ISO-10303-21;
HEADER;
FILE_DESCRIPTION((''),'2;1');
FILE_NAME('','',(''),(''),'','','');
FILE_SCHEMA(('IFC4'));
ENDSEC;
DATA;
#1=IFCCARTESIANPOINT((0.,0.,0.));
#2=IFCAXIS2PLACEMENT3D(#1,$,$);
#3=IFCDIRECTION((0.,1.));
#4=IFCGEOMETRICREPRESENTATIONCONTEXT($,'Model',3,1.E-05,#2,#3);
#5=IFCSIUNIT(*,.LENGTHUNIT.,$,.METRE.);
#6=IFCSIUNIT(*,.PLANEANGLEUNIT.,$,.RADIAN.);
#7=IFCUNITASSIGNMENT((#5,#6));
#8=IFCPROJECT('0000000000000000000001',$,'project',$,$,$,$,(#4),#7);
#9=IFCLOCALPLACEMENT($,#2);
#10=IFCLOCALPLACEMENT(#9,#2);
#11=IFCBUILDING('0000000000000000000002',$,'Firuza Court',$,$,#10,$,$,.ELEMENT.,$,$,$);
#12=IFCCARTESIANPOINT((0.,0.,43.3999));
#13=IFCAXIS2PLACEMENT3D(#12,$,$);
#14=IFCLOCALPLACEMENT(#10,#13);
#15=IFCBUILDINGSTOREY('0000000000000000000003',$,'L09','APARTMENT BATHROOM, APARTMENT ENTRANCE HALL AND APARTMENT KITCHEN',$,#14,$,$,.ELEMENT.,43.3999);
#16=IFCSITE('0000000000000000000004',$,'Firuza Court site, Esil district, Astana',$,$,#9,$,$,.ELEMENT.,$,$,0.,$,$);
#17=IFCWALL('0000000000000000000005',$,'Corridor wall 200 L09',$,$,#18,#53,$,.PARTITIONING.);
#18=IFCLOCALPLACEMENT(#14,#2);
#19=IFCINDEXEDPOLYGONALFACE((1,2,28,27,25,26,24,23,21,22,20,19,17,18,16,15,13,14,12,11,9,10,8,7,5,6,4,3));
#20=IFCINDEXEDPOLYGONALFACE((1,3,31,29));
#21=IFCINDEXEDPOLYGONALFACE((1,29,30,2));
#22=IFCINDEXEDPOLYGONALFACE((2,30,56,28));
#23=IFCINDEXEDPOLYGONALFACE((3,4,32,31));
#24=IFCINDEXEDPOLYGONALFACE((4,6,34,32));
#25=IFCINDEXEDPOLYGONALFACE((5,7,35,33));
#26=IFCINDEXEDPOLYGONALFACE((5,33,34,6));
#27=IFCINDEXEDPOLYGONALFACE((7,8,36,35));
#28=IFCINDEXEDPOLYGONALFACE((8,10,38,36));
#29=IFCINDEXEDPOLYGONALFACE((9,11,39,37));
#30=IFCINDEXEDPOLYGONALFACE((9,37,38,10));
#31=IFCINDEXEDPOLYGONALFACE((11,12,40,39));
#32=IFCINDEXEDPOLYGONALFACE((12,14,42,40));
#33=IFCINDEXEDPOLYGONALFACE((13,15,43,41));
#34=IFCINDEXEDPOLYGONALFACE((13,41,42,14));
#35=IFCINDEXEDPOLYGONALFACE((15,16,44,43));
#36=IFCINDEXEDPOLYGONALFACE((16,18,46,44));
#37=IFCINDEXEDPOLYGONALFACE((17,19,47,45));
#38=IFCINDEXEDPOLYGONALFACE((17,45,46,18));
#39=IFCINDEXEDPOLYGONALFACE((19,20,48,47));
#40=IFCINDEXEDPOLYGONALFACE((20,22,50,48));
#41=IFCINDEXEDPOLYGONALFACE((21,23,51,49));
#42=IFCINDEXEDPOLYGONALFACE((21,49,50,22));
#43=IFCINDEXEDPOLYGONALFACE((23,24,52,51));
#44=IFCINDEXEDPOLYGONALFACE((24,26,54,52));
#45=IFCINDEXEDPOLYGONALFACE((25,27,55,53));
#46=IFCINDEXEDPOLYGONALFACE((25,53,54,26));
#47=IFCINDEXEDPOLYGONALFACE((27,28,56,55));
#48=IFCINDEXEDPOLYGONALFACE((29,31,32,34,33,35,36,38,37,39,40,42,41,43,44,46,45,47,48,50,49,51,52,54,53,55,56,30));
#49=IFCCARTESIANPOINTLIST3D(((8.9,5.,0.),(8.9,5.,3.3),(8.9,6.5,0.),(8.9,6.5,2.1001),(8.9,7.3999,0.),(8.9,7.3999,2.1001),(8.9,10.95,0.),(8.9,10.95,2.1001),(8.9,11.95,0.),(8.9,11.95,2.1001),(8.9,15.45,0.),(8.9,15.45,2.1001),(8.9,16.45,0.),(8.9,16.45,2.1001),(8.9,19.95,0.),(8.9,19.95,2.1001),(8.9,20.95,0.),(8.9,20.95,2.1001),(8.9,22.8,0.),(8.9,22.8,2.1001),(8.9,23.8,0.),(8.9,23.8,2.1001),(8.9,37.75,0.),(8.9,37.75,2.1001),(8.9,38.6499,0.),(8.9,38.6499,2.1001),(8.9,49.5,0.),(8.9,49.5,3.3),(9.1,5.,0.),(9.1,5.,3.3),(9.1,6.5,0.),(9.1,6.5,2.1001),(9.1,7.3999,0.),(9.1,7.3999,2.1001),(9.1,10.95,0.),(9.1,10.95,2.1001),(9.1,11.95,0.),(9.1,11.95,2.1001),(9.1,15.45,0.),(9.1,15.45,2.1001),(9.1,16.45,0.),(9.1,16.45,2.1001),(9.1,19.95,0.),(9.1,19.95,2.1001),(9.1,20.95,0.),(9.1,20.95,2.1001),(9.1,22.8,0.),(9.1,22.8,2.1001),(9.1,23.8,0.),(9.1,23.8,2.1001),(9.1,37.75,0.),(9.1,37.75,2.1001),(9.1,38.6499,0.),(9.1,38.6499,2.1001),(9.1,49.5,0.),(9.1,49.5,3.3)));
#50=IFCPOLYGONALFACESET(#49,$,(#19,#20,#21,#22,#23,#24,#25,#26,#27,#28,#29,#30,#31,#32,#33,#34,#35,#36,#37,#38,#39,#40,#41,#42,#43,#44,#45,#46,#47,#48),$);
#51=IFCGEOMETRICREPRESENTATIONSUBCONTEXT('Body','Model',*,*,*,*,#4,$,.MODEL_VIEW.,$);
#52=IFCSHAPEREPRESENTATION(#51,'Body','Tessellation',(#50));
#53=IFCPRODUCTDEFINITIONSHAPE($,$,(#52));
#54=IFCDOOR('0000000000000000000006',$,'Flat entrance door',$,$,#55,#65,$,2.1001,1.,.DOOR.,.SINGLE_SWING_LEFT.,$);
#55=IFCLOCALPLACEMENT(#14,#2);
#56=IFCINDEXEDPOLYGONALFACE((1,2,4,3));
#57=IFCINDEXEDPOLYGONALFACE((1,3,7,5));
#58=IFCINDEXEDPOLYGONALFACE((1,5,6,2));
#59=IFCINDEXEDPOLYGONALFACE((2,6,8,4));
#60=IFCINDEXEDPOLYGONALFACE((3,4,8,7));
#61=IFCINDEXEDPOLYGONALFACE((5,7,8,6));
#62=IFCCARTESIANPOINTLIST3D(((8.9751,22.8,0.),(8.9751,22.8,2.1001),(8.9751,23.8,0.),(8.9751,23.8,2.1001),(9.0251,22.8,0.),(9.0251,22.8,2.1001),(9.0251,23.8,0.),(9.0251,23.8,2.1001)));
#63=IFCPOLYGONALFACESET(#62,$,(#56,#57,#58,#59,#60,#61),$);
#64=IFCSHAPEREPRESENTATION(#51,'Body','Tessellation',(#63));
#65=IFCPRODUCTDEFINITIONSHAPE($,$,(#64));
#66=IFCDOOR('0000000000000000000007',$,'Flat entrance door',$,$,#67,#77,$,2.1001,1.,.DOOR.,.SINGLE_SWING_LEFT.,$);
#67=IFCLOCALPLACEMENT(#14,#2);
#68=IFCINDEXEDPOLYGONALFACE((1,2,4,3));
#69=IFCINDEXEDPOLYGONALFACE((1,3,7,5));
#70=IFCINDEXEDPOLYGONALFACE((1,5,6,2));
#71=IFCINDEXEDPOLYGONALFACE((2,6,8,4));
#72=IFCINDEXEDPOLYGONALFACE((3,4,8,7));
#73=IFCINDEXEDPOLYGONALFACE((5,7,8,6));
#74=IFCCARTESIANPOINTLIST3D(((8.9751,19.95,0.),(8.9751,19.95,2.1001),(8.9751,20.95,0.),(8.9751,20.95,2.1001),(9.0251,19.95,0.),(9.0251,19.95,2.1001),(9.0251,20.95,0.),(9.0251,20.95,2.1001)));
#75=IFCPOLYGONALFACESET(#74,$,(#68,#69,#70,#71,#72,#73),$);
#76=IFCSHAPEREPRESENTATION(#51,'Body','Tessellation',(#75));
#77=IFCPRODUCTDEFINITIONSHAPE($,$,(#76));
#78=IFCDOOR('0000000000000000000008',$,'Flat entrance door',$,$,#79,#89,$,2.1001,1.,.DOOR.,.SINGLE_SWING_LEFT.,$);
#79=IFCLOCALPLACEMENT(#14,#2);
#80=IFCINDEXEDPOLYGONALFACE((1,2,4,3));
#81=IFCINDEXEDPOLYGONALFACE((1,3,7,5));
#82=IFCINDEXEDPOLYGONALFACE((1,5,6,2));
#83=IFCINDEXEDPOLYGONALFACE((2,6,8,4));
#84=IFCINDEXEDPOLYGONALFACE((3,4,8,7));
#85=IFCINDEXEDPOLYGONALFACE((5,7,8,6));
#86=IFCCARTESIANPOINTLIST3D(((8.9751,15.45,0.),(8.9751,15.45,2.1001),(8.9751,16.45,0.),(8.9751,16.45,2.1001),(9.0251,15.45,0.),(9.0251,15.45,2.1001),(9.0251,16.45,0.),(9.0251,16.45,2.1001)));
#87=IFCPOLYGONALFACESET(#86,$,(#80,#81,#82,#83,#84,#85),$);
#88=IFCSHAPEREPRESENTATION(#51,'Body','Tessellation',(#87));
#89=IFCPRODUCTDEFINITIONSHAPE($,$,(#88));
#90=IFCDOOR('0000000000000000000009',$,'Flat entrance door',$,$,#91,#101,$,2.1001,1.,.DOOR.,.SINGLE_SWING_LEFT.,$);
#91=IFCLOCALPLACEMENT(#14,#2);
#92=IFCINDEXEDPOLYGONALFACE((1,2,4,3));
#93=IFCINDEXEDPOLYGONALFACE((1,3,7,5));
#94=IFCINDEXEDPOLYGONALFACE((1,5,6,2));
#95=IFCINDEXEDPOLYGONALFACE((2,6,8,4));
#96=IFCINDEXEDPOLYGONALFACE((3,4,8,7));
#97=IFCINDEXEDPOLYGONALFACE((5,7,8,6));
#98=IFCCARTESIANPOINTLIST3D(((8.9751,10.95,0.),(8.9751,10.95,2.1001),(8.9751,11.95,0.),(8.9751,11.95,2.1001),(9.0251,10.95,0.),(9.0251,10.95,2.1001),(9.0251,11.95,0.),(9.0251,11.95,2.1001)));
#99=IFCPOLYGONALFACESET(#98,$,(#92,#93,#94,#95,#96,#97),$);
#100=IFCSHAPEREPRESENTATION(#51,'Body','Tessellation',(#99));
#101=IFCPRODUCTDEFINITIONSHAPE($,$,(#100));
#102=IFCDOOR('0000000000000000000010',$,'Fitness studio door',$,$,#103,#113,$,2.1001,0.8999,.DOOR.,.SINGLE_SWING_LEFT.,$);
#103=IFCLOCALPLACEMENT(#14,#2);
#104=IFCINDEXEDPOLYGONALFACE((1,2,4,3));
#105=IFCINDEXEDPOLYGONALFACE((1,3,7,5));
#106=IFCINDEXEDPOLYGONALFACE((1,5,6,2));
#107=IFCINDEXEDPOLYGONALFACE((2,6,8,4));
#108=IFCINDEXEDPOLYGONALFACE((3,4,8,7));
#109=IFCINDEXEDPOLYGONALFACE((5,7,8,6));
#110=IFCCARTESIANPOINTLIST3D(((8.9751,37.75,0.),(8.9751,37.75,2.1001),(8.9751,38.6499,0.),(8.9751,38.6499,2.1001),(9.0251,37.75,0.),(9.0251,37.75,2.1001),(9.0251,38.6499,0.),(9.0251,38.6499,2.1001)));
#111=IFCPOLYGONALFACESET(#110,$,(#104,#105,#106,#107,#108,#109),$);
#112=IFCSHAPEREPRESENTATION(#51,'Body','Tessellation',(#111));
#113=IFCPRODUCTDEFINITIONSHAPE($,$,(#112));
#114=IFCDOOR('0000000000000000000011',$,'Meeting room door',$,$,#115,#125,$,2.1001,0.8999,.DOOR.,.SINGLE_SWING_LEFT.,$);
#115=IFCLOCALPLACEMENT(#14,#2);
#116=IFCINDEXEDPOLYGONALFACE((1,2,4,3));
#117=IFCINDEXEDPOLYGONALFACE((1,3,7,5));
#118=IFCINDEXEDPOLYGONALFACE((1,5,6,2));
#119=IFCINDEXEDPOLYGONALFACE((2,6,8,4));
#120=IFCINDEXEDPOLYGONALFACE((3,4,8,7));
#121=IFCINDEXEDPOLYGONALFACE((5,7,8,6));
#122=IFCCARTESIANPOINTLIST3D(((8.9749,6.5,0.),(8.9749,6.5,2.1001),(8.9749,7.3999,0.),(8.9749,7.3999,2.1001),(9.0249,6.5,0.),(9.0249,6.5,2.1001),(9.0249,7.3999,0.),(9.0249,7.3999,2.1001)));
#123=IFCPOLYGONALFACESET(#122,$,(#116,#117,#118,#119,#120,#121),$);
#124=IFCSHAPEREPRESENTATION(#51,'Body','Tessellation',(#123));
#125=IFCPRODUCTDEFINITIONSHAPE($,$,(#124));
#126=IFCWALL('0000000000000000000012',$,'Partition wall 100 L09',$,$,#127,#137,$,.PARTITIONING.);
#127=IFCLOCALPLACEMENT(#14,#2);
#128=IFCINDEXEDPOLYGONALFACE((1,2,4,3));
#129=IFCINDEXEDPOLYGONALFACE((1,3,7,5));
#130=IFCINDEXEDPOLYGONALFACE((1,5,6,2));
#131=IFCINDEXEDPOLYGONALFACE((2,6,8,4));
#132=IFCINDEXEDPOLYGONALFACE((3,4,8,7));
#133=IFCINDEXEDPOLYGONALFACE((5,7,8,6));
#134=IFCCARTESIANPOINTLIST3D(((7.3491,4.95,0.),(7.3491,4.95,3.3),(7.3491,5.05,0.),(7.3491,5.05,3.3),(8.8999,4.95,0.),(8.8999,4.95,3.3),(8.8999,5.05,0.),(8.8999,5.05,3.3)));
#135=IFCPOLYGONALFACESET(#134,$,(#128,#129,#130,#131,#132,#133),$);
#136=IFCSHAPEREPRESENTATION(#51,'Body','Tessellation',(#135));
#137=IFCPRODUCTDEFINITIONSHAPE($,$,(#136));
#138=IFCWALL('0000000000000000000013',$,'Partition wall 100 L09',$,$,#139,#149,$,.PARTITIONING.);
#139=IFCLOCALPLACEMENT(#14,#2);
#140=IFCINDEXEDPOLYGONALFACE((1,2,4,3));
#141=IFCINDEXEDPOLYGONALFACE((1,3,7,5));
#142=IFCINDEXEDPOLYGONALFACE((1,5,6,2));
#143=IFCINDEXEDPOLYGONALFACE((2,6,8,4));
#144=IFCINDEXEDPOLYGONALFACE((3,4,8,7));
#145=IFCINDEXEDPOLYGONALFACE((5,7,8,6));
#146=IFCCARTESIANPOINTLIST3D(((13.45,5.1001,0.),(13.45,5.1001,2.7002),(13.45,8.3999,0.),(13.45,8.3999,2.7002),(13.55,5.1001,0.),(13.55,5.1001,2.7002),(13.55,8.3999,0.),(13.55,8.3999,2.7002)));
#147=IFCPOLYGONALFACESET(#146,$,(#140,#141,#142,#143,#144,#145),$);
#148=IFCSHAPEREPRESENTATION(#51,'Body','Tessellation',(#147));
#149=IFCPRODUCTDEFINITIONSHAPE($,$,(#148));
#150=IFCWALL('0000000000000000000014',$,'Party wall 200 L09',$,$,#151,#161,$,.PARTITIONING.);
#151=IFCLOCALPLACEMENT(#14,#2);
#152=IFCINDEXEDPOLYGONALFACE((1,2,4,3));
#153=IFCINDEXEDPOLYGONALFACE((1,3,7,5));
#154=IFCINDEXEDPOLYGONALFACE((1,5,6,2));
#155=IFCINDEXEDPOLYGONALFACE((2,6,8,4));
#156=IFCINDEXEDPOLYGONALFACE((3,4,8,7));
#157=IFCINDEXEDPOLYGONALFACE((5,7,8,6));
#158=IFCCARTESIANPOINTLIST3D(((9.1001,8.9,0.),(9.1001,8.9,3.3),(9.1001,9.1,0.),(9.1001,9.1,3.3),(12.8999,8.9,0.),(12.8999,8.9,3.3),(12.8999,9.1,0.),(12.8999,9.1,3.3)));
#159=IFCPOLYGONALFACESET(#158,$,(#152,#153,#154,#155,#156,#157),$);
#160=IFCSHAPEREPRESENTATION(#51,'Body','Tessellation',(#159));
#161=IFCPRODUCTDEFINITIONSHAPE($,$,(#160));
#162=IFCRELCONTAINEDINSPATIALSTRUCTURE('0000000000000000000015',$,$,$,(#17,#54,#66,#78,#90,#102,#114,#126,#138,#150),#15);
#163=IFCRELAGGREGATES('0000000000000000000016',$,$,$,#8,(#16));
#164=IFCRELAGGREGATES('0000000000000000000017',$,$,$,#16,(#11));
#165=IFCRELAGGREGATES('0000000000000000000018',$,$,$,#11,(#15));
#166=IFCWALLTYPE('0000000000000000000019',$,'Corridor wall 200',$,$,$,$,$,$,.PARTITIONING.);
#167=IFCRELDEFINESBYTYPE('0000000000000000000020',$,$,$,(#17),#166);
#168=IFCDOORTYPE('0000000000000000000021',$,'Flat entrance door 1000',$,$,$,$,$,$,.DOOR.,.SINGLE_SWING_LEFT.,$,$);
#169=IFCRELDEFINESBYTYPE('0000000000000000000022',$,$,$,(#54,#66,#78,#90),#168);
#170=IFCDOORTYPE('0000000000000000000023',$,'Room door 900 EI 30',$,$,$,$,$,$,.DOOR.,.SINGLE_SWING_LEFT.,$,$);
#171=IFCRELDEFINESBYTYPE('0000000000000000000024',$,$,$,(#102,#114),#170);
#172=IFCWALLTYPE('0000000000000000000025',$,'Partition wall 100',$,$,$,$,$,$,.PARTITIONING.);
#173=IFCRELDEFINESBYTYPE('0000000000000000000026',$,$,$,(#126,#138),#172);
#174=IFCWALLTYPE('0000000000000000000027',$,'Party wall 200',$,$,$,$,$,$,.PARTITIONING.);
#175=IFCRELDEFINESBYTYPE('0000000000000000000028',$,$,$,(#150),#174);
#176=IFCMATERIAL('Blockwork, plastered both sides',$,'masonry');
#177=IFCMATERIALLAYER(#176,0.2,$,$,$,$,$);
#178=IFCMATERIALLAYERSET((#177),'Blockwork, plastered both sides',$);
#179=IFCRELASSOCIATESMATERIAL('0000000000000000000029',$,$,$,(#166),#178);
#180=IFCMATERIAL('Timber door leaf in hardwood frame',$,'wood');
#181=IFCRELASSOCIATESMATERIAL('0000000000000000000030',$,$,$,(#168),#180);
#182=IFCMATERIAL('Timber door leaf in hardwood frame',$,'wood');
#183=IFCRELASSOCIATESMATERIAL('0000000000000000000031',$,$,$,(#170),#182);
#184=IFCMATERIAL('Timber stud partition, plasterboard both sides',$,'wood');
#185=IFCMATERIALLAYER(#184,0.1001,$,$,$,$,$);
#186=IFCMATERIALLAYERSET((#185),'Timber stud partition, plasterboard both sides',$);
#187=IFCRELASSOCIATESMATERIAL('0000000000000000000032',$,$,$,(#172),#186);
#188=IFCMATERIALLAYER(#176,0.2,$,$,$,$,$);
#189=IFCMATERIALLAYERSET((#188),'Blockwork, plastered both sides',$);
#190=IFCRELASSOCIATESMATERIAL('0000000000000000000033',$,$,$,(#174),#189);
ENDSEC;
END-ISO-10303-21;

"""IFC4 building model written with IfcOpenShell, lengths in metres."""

from ifc_helpers import new_model, si_unit, direction, frame, frame_2d, origin, place, context, subcontext, project, spatial, rectangle, extrude, material, layer, layer_set, type_object, element, fill, save


model = new_model("IFC4")

# Units and contexts
model_context = context("Model", 3, precision=1e-05, world=origin(), true_north=direction((0.0, 1.0)))
body_context = subcontext(model_context, "Body", "Model", "MODEL_VIEW")
ifc_project = project(units=[si_unit("LENGTHUNIT", "METRE"), si_unit("PLANEANGLEUNIT", "RADIAN")], contexts=[model_context])

# Site, building, storey
site_placement = place(None, origin())
site = spatial("IfcSite", under=ifc_project, at=site_placement, Name="Firuza Court site, Esil district, Astana", CompositionType="ELEMENT", RefElevation=0.0)
building_placement = place(site_placement, origin())
building = spatial("IfcBuilding", under=site, at=building_placement, Name="Firuza Court", CompositionType="ELEMENT")
storey_placement = place(building_placement, frame((0.0, 0.0, 43.3999)))
storey = spatial("IfcBuildingStorey", under=building, at=storey_placement, Name="L09", Description="APARTMENT BATHROOM, APARTMENT ENTRANCE HALL AND APARTMENT KITCHEN", CompositionType="ELEMENT", Elevation=43.3999)

# Wall, openings, doors
ifc_material_1 = material(Name="Blockwork, plastered both sides", Category="masonry")
ifc_layer_1 = layer(ifc_material_1, 0.2)
ifc_layer_set_1 = layer_set([ifc_layer_1], Name="Blockwork, plastered both sides")
wall_type_1 = type_object("IfcWallType", Name="Corridor wall 200", PredefinedType="PARTITIONING", material=ifc_layer_set_1)
wall_1_placement = place(storey_placement, frame((9.0, 5.0, 0.0), z_axis=(0.0, 0.0, 1.0), x_axis=(0.0, 1.0, 0.0)))
wall_1 = element("IfcWall", 1, at=wall_1_placement, inside=storey, type_object=wall_type_1, Name="Corridor wall 200 L09", PredefinedType="PARTITIONING", context=body_context, shape_type="SweptSolid", body=[
    extrude(rectangle(XDim=44.5, YDim=0.2, at=frame_2d((22.25, 0.0))), origin(), (0.0, 0.0, 1.0), 3.3),
])
opening_1_placement = place(wall_1_placement, frame((17.8, 0.0, 0.0)))
opening_1 = element("IfcOpeningElement", 2, at=opening_1_placement, cuts=wall_1, PredefinedType="OPENING", context=body_context, shape_type="SweptSolid", body=[
    extrude(rectangle(XDim=1.0, YDim=2.1001, at=frame_2d((0.5, 1.05))), frame((0.0, 0.1118, 0.0), z_axis=(0.0, -1.0, 0.0), x_axis=(1.0, 0.0, 0.0)), (0.0, 0.0, 1.0), 0.2239),
])
opening_2_placement = place(wall_1_placement, frame((14.95, 0.0, 0.0)))
opening_2 = element("IfcOpeningElement", 3, at=opening_2_placement, cuts=wall_1, PredefinedType="OPENING", context=body_context, shape_type="SweptSolid", body=[
    extrude(rectangle(XDim=1.0, YDim=2.1001, at=frame_2d((0.5, 1.05))), frame((0.0, 0.1118, 0.0), z_axis=(0.0, -1.0, 0.0), x_axis=(1.0, 0.0, 0.0)), (0.0, 0.0, 1.0), 0.2239),
])
opening_3_placement = place(wall_1_placement, frame((10.45, 0.0, 0.0)))
opening_3 = element("IfcOpeningElement", 4, at=opening_3_placement, cuts=wall_1, PredefinedType="OPENING", context=body_context, shape_type="SweptSolid", body=[
    extrude(rectangle(XDim=1.0, YDim=2.1001, at=frame_2d((0.5, 1.05))), frame((0.0, 0.1118, 0.0), z_axis=(0.0, -1.0, 0.0), x_axis=(1.0, 0.0, 0.0)), (0.0, 0.0, 1.0), 0.2239),
])
opening_4_placement = place(wall_1_placement, frame((5.95, 0.0, 0.0)))
opening_4 = element("IfcOpeningElement", 5, at=opening_4_placement, cuts=wall_1, PredefinedType="OPENING", context=body_context, shape_type="SweptSolid", body=[
    extrude(rectangle(XDim=1.0, YDim=2.1001, at=frame_2d((0.5, 1.05))), frame((0.0, 0.1118, 0.0), z_axis=(0.0, -1.0, 0.0), x_axis=(1.0, 0.0, 0.0)), (0.0, 0.0, 1.0), 0.2239),
])
opening_5_placement = place(wall_1_placement, frame((32.75, 0.0, 0.0)))
opening_5 = element("IfcOpeningElement", 6, at=opening_5_placement, cuts=wall_1, PredefinedType="OPENING", context=body_context, shape_type="SweptSolid", body=[
    extrude(rectangle(XDim=0.8999, YDim=2.1001, at=frame_2d((0.45, 1.05))), frame((0.0, 0.1118, 0.0), z_axis=(0.0, -1.0, 0.0), x_axis=(1.0, 0.0, 0.0)), (0.0, 0.0, 1.0), 0.2239),
])
opening_6_placement = place(wall_1_placement, frame((1.5, 0.0, 0.0)))
opening_6 = element("IfcOpeningElement", 7, at=opening_6_placement, cuts=wall_1, PredefinedType="OPENING", context=body_context, shape_type="SweptSolid", body=[
    extrude(rectangle(XDim=0.8999, YDim=2.1001, at=frame_2d((0.45, 1.05))), frame((0.0, 0.1118, 0.0), z_axis=(0.0, -1.0, 0.0), x_axis=(1.0, 0.0, 0.0)), (0.0, 0.0, 1.0), 0.2239),
])
ifc_material_2 = material(Name="Timber door leaf in hardwood frame", Category="wood")
door_type_1 = type_object("IfcDoorType", Name="Flat entrance door 1000", OperationType="SINGLE_SWING_LEFT", PredefinedType="DOOR", material=ifc_material_2)
door_1_placement = place(opening_1_placement, origin())
door_1 = element("IfcDoor", 8, at=door_1_placement, inside=storey, type_object=door_type_1, Name="Flat entrance door", OperationType="SINGLE_SWING_LEFT", OverallHeight=2.1001, OverallWidth=1.0, PredefinedType="DOOR", context=body_context, shape_type="SweptSolid", body=[
    extrude(rectangle(XDim=1.0, YDim=2.1001, at=frame_2d((0.5, 1.05))), frame((0.0, 0.0249, 0.0), z_axis=(0.0, -1.0, 0.0), x_axis=(1.0, 0.0, 0.0)), (0.0, 0.0, 1.0), 0.05),
])
fill(opening_1, door_1)
door_2_placement = place(opening_2_placement, origin())
door_2 = element("IfcDoor", 9, at=door_2_placement, inside=storey, type_object=door_type_1, Name="Flat entrance door", OperationType="SINGLE_SWING_LEFT", OverallHeight=2.1001, OverallWidth=1.0, PredefinedType="DOOR", context=body_context, shape_type="SweptSolid", body=[
    extrude(rectangle(XDim=1.0, YDim=2.1001, at=frame_2d((0.5, 1.05))), frame((0.0, 0.0249, 0.0), z_axis=(0.0, -1.0, 0.0), x_axis=(1.0, 0.0, 0.0)), (0.0, 0.0, 1.0), 0.05),
])
fill(opening_2, door_2)
door_3_placement = place(opening_3_placement, origin())
door_3 = element("IfcDoor", 10, at=door_3_placement, inside=storey, type_object=door_type_1, Name="Flat entrance door", OperationType="SINGLE_SWING_LEFT", OverallHeight=2.1001, OverallWidth=1.0, PredefinedType="DOOR", context=body_context, shape_type="SweptSolid", body=[
    extrude(rectangle(XDim=1.0, YDim=2.1001, at=frame_2d((0.5, 1.05))), frame((0.0, 0.0249, 0.0), z_axis=(0.0, -1.0, 0.0), x_axis=(1.0, 0.0, 0.0)), (0.0, 0.0, 1.0), 0.05),
])
fill(opening_3, door_3)
door_4_placement = place(opening_4_placement, origin())
door_4 = element("IfcDoor", 11, at=door_4_placement, inside=storey, type_object=door_type_1, Name="Flat entrance door", OperationType="SINGLE_SWING_LEFT", OverallHeight=2.1001, OverallWidth=1.0, PredefinedType="DOOR", context=body_context, shape_type="SweptSolid", body=[
    extrude(rectangle(XDim=1.0, YDim=2.1001, at=frame_2d((0.5, 1.05))), frame((0.0, 0.0249, 0.0), z_axis=(0.0, -1.0, 0.0), x_axis=(1.0, 0.0, 0.0)), (0.0, 0.0, 1.0), 0.05),
])
fill(opening_4, door_4)
ifc_material_3 = material(Name="Timber door leaf in hardwood frame", Category="wood")
door_type_2 = type_object("IfcDoorType", Name="Room door 900 EI 30", OperationType="SINGLE_SWING_LEFT", PredefinedType="DOOR", material=ifc_material_3)
door_5_placement = place(opening_5_placement, origin())
door_5 = element("IfcDoor", 12, at=door_5_placement, inside=storey, type_object=door_type_2, Name="Fitness studio door", OperationType="SINGLE_SWING_LEFT", OverallHeight=2.1001, OverallWidth=0.8999, PredefinedType="DOOR", context=body_context, shape_type="SweptSolid", body=[
    extrude(rectangle(XDim=0.8999, YDim=2.1001, at=frame_2d((0.45, 1.05))), frame((0.0, 0.0249, 0.0), z_axis=(0.0, -1.0, 0.0), x_axis=(1.0, 0.0, 0.0)), (0.0, 0.0, 1.0), 0.05),
])
fill(opening_5, door_5)
door_6_placement = place(opening_6_placement, frame((0.8999, 0.0, 0.0), z_axis=(0.0, 0.0, 1.0), x_axis=(-1.0, 0.0, 0.0)))
door_6 = element("IfcDoor", 13, at=door_6_placement, inside=storey, type_object=door_type_2, Name="Meeting room door", OperationType="SINGLE_SWING_LEFT", OverallHeight=2.1001, OverallWidth=0.8999, PredefinedType="DOOR", context=body_context, shape_type="SweptSolid", body=[
    extrude(rectangle(XDim=0.8999, YDim=2.1001, at=frame_2d((0.45, 1.05))), frame((0.0, 0.0249, 0.0), z_axis=(0.0, -1.0, 0.0), x_axis=(1.0, 0.0, 0.0)), (0.0, 0.0, 1.0), 0.05),
])
fill(opening_6, door_6)

# Walls
ifc_material_4 = material(Name="Timber stud partition, plasterboard both sides", Category="wood")
ifc_layer_2 = layer(ifc_material_4, 0.1001)
ifc_layer_set_2 = layer_set([ifc_layer_2], Name="Timber stud partition, plasterboard both sides")
wall_type_2 = type_object("IfcWallType", Name="Partition wall 100", PredefinedType="PARTITIONING", material=ifc_layer_set_2)
wall_2_placement = place(storey_placement, frame((7.3491, 5.0, 0.0), z_axis=(0.0, 0.0, 1.0), x_axis=(1.0, 0.0, 0.0)))
element("IfcWall", 14, at=wall_2_placement, inside=storey, type_object=wall_type_2, Name="Partition wall 100 L09", PredefinedType="PARTITIONING", context=body_context, shape_type="SweptSolid", body=[
    extrude(rectangle(XDim=1.5508, YDim=0.1001, at=frame_2d((0.7754, 0.0))), origin(), (0.0, 0.0, 1.0), 3.3),
])
wall_3_placement = place(storey_placement, frame((13.5, 5.1001, 0.0), z_axis=(0.0, 0.0, 1.0), x_axis=(0.0, 1.0, 0.0)))
element("IfcWall", 15, at=wall_3_placement, inside=storey, type_object=wall_type_2, Name="Partition wall 100 L09", PredefinedType="PARTITIONING", context=body_context, shape_type="SweptSolid", body=[
    extrude(rectangle(XDim=3.2998, YDim=0.1001, at=frame_2d((1.6499, 0.0))), origin(), (0.0, 0.0, 1.0), 2.7002),
])
ifc_layer_3 = layer(ifc_material_1, 0.2)
ifc_layer_set_3 = layer_set([ifc_layer_3], Name="Blockwork, plastered both sides")
wall_type_3 = type_object("IfcWallType", Name="Party wall 200", PredefinedType="PARTITIONING", material=ifc_layer_set_3)
wall_4_placement = place(storey_placement, frame((9.1001, 9.0, 0.0), z_axis=(0.0, 0.0, 1.0), x_axis=(1.0, 0.0, 0.0)))
element("IfcWall", 16, at=wall_4_placement, inside=storey, type_object=wall_type_3, Name="Party wall 200 L09", PredefinedType="PARTITIONING", context=body_context, shape_type="SweptSolid", body=[
    extrude(rectangle(XDim=3.7998, YDim=0.2, at=frame_2d((1.8999, 0.0))), origin(), (0.0, 0.0, 1.0), 3.3),
])

save(model, "model.ifc")
